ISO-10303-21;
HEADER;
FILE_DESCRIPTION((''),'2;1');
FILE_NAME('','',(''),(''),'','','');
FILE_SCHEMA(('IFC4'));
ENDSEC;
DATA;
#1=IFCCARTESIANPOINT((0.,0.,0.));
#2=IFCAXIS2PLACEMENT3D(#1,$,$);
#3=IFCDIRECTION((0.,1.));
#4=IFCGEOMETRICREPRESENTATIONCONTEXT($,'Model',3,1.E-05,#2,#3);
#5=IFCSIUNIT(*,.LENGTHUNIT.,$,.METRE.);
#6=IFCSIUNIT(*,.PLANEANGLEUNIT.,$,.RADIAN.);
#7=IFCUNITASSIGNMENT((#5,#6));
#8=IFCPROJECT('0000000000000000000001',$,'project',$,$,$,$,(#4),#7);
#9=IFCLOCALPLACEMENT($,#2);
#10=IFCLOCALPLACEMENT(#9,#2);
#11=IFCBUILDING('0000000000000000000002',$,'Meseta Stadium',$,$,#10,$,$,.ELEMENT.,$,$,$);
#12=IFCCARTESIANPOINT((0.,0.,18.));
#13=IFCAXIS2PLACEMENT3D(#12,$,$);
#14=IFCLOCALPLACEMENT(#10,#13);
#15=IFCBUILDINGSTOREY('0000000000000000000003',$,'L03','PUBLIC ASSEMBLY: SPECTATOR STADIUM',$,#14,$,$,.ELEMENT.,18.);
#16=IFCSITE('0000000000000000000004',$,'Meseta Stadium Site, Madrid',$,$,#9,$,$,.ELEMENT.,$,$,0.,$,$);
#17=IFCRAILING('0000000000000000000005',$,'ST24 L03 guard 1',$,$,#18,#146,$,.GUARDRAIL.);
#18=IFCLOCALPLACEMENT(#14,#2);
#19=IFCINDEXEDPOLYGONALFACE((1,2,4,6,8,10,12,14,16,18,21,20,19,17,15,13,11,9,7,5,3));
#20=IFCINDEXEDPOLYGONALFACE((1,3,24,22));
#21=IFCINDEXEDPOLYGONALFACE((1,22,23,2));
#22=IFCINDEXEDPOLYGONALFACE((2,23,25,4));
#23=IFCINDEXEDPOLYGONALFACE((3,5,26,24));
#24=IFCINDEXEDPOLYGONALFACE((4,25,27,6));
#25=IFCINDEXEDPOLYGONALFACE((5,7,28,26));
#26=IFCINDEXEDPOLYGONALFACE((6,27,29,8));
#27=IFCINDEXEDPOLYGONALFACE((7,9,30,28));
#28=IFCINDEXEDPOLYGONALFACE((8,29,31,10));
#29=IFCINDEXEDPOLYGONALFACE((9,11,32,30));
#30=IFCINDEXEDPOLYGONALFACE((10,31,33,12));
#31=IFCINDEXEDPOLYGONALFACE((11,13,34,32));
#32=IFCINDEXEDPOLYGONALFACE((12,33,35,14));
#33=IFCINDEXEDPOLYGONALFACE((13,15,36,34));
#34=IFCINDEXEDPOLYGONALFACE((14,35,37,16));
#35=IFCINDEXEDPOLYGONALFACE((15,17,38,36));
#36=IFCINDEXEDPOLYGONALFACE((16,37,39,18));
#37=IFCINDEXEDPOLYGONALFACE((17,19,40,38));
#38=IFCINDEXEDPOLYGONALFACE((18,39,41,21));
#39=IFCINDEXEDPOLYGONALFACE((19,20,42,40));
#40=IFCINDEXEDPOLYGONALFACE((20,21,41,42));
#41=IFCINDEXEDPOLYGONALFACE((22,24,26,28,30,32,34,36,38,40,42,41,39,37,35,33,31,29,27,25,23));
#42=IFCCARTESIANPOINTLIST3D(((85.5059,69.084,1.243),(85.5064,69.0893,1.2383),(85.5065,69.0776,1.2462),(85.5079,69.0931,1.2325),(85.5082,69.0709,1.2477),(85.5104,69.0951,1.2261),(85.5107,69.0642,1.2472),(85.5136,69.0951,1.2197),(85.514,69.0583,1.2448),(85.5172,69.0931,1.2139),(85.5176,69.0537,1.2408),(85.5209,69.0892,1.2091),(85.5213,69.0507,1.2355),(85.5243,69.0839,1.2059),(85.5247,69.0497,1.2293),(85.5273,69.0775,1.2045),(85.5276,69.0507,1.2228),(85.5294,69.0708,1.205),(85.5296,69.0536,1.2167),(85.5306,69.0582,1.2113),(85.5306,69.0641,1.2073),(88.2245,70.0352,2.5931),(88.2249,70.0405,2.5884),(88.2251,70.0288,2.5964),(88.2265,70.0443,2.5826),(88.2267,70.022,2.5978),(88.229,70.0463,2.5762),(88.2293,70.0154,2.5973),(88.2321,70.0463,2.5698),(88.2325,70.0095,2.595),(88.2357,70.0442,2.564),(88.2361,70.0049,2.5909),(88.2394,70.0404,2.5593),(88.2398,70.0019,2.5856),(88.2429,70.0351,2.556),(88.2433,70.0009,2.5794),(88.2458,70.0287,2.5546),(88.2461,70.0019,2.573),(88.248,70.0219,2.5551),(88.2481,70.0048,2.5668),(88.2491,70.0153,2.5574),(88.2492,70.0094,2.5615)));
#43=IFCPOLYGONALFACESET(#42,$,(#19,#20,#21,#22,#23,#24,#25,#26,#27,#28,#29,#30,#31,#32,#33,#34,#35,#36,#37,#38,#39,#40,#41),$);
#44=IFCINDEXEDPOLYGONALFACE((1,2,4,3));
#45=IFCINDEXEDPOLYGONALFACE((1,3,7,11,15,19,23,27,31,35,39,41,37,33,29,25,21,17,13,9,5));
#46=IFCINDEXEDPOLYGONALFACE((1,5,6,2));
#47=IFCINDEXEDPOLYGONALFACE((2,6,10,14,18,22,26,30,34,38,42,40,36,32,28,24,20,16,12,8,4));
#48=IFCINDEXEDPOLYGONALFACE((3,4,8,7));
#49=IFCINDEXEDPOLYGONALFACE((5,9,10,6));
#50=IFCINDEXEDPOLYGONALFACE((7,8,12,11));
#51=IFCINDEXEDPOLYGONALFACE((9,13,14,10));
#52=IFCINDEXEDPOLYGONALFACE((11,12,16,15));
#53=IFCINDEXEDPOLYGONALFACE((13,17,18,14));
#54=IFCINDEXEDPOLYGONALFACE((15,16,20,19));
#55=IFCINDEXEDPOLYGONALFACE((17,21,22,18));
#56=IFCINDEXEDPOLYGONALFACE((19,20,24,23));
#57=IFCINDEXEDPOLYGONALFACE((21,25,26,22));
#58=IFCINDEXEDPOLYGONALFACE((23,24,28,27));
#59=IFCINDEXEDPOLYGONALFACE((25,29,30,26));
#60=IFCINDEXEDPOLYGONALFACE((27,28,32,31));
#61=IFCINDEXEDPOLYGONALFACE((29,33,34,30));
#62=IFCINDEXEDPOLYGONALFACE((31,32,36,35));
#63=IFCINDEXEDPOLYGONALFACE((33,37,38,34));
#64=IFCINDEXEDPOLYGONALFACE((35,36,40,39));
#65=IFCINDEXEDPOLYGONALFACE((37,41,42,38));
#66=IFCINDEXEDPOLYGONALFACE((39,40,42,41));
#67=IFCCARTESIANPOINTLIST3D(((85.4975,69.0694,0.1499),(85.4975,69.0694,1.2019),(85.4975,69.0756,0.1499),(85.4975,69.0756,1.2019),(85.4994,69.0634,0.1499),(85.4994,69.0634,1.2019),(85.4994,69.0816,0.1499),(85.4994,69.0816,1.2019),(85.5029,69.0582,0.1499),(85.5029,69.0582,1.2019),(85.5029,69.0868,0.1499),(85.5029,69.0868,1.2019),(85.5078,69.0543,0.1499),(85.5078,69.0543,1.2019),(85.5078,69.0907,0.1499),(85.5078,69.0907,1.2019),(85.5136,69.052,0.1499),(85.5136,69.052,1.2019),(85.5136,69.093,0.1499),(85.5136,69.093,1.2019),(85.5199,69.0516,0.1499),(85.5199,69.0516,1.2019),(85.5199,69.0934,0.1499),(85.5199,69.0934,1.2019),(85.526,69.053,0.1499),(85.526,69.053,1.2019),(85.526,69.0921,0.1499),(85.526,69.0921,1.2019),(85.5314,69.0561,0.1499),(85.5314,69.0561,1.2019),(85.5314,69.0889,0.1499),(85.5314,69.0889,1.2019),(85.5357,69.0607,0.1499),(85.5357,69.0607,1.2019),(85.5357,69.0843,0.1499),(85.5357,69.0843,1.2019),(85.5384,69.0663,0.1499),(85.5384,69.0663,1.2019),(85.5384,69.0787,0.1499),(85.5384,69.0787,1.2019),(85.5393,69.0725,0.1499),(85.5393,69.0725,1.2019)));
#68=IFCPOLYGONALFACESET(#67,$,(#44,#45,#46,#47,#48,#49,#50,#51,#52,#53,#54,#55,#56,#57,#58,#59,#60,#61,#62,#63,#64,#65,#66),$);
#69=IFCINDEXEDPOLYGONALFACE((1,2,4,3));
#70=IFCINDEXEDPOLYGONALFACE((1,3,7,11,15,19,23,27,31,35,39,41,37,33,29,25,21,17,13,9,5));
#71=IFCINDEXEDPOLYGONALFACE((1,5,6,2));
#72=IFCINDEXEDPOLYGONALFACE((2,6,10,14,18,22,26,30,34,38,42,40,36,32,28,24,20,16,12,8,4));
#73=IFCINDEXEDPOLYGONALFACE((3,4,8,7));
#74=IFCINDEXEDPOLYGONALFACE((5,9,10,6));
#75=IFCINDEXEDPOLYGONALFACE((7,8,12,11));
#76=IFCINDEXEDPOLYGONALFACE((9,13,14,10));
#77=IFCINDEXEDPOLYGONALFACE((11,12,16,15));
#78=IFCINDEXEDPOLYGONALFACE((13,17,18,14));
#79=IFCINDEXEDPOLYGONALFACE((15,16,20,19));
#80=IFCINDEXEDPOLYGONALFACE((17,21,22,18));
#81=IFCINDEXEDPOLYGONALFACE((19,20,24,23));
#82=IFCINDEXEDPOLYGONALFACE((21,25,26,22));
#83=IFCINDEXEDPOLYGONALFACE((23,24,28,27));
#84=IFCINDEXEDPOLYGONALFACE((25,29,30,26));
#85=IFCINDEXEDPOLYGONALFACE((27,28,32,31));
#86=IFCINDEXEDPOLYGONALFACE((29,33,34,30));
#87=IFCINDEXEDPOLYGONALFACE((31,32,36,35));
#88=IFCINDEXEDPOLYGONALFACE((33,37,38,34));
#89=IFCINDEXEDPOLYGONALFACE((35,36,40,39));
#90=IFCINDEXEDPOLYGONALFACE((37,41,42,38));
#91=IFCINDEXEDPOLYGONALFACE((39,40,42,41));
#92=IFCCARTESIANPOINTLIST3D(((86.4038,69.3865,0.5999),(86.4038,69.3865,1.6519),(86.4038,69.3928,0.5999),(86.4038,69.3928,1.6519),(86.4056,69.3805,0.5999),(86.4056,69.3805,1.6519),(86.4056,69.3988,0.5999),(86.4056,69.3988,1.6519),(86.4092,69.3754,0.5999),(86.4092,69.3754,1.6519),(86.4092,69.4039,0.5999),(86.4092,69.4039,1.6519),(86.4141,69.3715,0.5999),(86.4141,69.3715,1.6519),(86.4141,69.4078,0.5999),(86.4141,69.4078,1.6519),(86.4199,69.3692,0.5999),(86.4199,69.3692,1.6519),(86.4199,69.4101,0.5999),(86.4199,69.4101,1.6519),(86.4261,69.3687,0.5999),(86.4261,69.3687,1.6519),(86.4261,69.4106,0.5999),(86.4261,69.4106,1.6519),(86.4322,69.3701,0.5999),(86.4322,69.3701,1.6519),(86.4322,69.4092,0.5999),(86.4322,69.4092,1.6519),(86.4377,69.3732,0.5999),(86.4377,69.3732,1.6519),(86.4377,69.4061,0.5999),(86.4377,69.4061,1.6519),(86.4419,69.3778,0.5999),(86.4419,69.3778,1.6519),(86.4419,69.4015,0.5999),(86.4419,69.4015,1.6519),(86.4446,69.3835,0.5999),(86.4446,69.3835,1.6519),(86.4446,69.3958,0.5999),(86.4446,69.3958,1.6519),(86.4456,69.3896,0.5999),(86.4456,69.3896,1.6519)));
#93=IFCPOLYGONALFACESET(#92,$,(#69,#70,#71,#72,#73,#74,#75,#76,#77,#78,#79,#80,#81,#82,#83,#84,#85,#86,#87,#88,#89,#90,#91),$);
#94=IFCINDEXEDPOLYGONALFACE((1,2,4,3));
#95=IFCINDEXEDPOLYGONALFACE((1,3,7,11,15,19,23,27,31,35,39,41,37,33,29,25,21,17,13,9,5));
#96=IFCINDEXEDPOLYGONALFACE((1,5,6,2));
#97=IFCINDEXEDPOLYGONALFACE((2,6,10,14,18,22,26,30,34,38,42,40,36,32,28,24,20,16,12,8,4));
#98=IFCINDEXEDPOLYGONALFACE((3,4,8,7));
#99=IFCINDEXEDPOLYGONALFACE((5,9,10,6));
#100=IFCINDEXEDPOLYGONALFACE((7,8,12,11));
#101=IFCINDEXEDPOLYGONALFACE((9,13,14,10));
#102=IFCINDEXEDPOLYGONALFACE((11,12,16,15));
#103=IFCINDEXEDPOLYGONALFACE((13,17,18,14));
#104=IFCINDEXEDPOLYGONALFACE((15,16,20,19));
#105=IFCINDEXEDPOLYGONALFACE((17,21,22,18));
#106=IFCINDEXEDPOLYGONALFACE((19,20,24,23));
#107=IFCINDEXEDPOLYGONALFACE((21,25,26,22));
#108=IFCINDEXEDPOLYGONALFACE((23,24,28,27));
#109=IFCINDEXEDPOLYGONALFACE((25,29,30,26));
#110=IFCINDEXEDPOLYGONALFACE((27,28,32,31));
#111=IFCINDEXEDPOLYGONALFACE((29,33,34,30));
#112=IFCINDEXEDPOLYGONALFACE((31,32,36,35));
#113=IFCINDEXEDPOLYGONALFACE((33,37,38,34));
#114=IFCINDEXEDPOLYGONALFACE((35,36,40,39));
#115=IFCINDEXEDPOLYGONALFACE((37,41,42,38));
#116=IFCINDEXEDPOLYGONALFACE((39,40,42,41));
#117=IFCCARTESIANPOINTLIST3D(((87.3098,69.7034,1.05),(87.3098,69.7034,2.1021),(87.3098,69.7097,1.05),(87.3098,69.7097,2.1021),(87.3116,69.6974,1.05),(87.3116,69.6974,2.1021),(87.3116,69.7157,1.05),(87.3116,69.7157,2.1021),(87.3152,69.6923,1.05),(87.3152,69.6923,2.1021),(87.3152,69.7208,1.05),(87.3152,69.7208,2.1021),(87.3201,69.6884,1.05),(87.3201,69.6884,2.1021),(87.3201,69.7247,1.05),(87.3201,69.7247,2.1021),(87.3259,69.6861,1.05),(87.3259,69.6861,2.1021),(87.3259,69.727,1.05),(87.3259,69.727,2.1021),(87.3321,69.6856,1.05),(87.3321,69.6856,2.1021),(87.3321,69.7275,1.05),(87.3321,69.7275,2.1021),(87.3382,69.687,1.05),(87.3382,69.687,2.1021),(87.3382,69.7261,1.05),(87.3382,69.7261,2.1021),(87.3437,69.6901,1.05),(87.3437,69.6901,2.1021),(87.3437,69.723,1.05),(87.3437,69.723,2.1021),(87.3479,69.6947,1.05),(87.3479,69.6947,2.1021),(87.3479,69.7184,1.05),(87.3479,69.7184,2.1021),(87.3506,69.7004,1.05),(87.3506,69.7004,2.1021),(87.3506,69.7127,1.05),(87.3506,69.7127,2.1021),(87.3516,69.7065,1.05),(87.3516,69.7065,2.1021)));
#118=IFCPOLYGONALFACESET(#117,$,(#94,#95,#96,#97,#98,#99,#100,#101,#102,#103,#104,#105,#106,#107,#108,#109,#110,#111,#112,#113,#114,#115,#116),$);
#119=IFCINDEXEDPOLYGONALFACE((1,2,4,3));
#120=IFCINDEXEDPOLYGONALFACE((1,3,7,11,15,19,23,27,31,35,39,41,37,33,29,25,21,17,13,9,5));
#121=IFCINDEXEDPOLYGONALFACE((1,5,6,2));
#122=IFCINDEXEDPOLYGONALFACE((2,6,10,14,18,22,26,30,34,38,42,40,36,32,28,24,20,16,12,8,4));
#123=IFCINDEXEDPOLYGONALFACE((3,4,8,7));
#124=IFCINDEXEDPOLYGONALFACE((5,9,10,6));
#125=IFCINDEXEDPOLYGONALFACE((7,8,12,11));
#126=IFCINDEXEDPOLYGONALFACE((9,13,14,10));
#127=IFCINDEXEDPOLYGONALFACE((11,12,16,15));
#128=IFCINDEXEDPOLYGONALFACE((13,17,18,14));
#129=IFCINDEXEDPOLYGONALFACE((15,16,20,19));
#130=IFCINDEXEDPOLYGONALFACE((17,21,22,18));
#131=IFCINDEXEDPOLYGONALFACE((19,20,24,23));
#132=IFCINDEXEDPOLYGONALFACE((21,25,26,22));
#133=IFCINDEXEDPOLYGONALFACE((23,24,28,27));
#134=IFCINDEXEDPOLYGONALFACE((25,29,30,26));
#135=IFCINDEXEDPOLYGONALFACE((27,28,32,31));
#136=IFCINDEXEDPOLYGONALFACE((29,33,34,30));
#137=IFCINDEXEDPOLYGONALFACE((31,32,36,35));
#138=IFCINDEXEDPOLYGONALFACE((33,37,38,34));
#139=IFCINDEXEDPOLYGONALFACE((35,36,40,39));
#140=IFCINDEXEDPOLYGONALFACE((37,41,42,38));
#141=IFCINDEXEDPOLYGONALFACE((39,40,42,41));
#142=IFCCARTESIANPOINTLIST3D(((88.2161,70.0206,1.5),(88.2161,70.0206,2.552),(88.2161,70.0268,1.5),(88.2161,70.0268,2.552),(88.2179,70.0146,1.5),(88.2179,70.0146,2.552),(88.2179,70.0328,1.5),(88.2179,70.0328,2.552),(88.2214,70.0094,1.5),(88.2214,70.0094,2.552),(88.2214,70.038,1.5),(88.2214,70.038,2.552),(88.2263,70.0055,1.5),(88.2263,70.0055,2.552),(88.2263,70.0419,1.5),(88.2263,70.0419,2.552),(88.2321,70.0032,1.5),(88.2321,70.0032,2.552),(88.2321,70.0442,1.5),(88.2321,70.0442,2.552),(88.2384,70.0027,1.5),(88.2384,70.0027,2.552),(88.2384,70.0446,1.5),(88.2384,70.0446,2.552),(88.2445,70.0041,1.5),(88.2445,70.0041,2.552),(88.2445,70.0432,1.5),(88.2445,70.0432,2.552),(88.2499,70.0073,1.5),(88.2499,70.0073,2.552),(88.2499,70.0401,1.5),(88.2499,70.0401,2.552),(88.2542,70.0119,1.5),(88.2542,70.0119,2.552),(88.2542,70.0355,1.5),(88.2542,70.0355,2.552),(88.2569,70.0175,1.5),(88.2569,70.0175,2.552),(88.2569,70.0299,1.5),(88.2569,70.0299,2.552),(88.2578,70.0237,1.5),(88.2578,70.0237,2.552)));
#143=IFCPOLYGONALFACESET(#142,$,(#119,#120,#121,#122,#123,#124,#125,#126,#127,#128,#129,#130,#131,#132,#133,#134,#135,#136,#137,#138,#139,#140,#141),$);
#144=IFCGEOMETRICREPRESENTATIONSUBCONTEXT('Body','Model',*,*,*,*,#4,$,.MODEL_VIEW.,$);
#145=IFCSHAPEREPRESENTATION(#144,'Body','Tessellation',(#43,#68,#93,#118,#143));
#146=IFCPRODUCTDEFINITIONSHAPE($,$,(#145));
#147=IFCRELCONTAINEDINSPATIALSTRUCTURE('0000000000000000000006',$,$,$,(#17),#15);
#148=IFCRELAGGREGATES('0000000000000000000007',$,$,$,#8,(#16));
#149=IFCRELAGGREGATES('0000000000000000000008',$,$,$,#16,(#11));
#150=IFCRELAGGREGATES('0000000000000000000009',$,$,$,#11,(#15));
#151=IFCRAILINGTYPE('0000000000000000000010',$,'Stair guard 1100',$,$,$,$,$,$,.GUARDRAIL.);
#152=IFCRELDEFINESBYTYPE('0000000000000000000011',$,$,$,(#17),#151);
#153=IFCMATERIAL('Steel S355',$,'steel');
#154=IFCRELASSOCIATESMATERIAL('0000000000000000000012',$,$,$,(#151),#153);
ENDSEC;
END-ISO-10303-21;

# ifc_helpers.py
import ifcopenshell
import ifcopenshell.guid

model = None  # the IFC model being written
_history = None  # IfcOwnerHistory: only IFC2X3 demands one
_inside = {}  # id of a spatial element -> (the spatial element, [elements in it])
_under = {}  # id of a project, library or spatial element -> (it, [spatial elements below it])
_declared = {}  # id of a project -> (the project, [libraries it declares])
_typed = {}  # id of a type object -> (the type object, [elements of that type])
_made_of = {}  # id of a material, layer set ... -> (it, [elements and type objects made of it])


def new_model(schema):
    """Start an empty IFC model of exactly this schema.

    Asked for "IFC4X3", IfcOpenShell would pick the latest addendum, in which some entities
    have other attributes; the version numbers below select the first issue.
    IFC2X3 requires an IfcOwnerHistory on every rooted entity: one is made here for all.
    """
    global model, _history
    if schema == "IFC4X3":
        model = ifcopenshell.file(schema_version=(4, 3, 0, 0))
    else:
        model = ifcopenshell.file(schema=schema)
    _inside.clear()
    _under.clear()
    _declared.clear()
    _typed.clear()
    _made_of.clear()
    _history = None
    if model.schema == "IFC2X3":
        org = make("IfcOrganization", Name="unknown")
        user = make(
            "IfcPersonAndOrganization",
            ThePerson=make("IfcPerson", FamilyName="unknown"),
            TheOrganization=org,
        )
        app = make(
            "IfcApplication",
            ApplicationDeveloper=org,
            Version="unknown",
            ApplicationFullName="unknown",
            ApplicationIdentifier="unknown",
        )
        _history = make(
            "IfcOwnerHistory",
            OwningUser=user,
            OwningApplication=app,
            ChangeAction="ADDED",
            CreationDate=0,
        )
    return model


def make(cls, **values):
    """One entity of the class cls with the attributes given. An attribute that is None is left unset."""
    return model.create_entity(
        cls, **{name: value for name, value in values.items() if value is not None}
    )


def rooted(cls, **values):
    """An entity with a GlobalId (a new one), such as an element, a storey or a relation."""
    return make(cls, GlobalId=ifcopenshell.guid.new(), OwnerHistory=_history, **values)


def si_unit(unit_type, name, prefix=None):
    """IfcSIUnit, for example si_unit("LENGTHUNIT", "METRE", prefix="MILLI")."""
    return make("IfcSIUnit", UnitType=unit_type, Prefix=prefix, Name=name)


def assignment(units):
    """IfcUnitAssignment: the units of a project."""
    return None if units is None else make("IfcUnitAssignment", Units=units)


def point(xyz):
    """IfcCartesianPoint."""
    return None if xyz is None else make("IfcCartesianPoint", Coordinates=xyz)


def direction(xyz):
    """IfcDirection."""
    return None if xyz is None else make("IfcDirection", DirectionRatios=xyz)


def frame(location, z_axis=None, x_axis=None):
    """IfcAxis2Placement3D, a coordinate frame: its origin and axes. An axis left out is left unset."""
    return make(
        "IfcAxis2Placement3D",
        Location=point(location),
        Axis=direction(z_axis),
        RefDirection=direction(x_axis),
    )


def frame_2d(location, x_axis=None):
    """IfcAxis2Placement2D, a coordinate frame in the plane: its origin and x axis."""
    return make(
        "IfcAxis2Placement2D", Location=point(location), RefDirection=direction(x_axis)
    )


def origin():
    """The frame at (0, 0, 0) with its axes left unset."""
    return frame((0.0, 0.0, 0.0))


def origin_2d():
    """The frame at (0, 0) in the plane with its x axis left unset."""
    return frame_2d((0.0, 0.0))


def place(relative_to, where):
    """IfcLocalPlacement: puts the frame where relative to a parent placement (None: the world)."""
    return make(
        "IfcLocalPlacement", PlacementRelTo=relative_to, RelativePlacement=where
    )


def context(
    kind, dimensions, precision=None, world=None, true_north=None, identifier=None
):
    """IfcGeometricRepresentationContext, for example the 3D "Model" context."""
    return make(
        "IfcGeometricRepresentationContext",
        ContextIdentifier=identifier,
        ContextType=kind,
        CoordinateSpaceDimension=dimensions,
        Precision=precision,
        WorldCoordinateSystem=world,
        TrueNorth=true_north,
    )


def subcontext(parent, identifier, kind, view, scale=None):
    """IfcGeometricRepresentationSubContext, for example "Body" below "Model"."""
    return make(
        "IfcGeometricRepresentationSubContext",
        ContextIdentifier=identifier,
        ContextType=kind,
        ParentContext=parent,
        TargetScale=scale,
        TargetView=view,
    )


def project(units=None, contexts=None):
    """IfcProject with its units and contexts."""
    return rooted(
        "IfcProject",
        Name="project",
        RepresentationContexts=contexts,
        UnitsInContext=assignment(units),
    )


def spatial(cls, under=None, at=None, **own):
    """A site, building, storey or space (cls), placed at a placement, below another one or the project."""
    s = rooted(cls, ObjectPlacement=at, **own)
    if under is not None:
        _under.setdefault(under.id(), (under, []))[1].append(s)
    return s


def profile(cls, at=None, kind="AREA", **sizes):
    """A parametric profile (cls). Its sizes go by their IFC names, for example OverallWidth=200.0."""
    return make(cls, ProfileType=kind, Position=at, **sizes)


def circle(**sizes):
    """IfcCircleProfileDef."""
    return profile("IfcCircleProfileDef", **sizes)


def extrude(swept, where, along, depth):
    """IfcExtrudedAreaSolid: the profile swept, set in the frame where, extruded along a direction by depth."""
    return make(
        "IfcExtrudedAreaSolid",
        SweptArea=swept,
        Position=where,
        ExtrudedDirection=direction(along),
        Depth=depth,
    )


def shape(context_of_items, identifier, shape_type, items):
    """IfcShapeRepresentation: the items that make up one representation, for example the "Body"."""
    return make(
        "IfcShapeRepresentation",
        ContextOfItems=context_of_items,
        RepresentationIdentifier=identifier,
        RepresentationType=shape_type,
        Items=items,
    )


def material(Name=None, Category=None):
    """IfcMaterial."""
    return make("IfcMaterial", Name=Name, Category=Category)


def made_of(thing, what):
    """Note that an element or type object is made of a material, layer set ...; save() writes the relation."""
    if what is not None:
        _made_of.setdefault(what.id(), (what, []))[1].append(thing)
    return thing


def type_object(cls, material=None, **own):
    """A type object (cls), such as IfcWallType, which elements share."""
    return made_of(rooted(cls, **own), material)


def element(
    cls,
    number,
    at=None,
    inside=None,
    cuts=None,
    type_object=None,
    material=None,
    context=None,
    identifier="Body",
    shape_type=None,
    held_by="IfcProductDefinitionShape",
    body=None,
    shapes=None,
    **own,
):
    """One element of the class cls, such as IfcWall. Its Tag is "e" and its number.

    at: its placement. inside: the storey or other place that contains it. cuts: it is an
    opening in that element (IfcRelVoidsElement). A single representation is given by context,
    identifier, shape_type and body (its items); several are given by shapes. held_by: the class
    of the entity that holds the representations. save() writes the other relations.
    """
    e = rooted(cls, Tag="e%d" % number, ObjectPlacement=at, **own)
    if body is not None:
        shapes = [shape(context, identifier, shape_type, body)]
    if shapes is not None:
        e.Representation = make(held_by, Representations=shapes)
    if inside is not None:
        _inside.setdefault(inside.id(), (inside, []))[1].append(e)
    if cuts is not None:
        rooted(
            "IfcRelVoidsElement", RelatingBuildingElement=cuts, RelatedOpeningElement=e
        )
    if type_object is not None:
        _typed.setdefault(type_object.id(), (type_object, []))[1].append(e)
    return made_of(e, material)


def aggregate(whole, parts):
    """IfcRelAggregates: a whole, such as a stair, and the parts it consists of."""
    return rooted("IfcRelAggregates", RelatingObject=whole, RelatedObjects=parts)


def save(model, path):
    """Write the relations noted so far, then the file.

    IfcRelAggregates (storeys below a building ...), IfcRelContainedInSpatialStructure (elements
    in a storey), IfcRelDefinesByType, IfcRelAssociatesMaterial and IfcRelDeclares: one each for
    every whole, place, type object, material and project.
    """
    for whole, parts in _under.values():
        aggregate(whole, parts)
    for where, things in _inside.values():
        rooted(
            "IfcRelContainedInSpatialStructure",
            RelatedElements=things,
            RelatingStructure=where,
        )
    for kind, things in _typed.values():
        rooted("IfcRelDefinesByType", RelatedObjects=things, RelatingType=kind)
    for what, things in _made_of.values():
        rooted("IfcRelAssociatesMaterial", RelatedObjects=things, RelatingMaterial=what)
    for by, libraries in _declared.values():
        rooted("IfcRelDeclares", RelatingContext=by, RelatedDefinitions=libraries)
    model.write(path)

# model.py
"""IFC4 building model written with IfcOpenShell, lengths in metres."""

from ifc_helpers import new_model, si_unit, direction, frame, origin, origin_2d, place, context, subcontext, project, spatial, circle, extrude, material, type_object, element, save


model = new_model("IFC4")

# Units and contexts
model_context = context("Model", 3, precision=1e-05, world=origin(), true_north=direction((0.0, 1.0)))
body_context = subcontext(model_context, "Body", "Model", "MODEL_VIEW")
ifc_project = project(units=[si_unit("LENGTHUNIT", "METRE"), si_unit("PLANEANGLEUNIT", "RADIAN")], contexts=[model_context])

# Site, building, storey
site_placement = place(None, origin())
site = spatial("IfcSite", under=ifc_project, at=site_placement, Name="Meseta Stadium Site, Madrid", CompositionType="ELEMENT", RefElevation=0.0)
building_placement = place(site_placement, origin())
building = spatial("IfcBuilding", under=site, at=building_placement, Name="Meseta Stadium", CompositionType="ELEMENT")
storey_placement = place(building_placement, frame((0.0, 0.0, 18.0)))
storey = spatial("IfcBuildingStorey", under=building, at=storey_placement, Name="L03", Description="PUBLIC ASSEMBLY: SPECTATOR STADIUM", CompositionType="ELEMENT", Elevation=18.0)

# Railing
ifc_material_1 = material(Name="Steel S355", Category="steel")
railing_type_1 = type_object("IfcRailingType", Name="Stair guard 1100", PredefinedType="GUARDRAIL", material=ifc_material_1)
railing_1_placement = place(storey_placement, frame((85.5183, 69.0725, 0.1499)))
element("IfcRailing", 1, at=railing_1_placement, inside=storey, type_object=railing_type_1, Name="ST24 L03 guard 1", PredefinedType="GUARDRAIL", context=body_context, shape_type="SweptSolid", body=[
    extrude(circle(Radius=0.0239, at=origin_2d()), frame((0.0, 0.0, 1.0762), z_axis=(0.854649, 0.299031, 0.424446), x_axis=(-0.330256, 0.943891, 0.0)), (0.0, 0.0, 1.0), 3.1809),
    extrude(circle(Radius=0.021, at=origin_2d()), origin(), (0.0, 0.0, 1.0), 1.052),
    extrude(circle(Radius=0.021, at=origin_2d()), frame((0.9062, 0.3171, 0.45)), (0.0, 0.0, 1.0), 1.052),
    extrude(circle(Radius=0.021, at=origin_2d()), frame((1.8123, 0.634, 0.9001)), (0.0, 0.0, 1.0), 1.052),
    extrude(circle(Radius=0.021, at=origin_2d()), frame((2.7185, 0.9512, 1.3501)), (0.0, 0.0, 1.0), 1.052),
])

save(model, "model.ifc")
